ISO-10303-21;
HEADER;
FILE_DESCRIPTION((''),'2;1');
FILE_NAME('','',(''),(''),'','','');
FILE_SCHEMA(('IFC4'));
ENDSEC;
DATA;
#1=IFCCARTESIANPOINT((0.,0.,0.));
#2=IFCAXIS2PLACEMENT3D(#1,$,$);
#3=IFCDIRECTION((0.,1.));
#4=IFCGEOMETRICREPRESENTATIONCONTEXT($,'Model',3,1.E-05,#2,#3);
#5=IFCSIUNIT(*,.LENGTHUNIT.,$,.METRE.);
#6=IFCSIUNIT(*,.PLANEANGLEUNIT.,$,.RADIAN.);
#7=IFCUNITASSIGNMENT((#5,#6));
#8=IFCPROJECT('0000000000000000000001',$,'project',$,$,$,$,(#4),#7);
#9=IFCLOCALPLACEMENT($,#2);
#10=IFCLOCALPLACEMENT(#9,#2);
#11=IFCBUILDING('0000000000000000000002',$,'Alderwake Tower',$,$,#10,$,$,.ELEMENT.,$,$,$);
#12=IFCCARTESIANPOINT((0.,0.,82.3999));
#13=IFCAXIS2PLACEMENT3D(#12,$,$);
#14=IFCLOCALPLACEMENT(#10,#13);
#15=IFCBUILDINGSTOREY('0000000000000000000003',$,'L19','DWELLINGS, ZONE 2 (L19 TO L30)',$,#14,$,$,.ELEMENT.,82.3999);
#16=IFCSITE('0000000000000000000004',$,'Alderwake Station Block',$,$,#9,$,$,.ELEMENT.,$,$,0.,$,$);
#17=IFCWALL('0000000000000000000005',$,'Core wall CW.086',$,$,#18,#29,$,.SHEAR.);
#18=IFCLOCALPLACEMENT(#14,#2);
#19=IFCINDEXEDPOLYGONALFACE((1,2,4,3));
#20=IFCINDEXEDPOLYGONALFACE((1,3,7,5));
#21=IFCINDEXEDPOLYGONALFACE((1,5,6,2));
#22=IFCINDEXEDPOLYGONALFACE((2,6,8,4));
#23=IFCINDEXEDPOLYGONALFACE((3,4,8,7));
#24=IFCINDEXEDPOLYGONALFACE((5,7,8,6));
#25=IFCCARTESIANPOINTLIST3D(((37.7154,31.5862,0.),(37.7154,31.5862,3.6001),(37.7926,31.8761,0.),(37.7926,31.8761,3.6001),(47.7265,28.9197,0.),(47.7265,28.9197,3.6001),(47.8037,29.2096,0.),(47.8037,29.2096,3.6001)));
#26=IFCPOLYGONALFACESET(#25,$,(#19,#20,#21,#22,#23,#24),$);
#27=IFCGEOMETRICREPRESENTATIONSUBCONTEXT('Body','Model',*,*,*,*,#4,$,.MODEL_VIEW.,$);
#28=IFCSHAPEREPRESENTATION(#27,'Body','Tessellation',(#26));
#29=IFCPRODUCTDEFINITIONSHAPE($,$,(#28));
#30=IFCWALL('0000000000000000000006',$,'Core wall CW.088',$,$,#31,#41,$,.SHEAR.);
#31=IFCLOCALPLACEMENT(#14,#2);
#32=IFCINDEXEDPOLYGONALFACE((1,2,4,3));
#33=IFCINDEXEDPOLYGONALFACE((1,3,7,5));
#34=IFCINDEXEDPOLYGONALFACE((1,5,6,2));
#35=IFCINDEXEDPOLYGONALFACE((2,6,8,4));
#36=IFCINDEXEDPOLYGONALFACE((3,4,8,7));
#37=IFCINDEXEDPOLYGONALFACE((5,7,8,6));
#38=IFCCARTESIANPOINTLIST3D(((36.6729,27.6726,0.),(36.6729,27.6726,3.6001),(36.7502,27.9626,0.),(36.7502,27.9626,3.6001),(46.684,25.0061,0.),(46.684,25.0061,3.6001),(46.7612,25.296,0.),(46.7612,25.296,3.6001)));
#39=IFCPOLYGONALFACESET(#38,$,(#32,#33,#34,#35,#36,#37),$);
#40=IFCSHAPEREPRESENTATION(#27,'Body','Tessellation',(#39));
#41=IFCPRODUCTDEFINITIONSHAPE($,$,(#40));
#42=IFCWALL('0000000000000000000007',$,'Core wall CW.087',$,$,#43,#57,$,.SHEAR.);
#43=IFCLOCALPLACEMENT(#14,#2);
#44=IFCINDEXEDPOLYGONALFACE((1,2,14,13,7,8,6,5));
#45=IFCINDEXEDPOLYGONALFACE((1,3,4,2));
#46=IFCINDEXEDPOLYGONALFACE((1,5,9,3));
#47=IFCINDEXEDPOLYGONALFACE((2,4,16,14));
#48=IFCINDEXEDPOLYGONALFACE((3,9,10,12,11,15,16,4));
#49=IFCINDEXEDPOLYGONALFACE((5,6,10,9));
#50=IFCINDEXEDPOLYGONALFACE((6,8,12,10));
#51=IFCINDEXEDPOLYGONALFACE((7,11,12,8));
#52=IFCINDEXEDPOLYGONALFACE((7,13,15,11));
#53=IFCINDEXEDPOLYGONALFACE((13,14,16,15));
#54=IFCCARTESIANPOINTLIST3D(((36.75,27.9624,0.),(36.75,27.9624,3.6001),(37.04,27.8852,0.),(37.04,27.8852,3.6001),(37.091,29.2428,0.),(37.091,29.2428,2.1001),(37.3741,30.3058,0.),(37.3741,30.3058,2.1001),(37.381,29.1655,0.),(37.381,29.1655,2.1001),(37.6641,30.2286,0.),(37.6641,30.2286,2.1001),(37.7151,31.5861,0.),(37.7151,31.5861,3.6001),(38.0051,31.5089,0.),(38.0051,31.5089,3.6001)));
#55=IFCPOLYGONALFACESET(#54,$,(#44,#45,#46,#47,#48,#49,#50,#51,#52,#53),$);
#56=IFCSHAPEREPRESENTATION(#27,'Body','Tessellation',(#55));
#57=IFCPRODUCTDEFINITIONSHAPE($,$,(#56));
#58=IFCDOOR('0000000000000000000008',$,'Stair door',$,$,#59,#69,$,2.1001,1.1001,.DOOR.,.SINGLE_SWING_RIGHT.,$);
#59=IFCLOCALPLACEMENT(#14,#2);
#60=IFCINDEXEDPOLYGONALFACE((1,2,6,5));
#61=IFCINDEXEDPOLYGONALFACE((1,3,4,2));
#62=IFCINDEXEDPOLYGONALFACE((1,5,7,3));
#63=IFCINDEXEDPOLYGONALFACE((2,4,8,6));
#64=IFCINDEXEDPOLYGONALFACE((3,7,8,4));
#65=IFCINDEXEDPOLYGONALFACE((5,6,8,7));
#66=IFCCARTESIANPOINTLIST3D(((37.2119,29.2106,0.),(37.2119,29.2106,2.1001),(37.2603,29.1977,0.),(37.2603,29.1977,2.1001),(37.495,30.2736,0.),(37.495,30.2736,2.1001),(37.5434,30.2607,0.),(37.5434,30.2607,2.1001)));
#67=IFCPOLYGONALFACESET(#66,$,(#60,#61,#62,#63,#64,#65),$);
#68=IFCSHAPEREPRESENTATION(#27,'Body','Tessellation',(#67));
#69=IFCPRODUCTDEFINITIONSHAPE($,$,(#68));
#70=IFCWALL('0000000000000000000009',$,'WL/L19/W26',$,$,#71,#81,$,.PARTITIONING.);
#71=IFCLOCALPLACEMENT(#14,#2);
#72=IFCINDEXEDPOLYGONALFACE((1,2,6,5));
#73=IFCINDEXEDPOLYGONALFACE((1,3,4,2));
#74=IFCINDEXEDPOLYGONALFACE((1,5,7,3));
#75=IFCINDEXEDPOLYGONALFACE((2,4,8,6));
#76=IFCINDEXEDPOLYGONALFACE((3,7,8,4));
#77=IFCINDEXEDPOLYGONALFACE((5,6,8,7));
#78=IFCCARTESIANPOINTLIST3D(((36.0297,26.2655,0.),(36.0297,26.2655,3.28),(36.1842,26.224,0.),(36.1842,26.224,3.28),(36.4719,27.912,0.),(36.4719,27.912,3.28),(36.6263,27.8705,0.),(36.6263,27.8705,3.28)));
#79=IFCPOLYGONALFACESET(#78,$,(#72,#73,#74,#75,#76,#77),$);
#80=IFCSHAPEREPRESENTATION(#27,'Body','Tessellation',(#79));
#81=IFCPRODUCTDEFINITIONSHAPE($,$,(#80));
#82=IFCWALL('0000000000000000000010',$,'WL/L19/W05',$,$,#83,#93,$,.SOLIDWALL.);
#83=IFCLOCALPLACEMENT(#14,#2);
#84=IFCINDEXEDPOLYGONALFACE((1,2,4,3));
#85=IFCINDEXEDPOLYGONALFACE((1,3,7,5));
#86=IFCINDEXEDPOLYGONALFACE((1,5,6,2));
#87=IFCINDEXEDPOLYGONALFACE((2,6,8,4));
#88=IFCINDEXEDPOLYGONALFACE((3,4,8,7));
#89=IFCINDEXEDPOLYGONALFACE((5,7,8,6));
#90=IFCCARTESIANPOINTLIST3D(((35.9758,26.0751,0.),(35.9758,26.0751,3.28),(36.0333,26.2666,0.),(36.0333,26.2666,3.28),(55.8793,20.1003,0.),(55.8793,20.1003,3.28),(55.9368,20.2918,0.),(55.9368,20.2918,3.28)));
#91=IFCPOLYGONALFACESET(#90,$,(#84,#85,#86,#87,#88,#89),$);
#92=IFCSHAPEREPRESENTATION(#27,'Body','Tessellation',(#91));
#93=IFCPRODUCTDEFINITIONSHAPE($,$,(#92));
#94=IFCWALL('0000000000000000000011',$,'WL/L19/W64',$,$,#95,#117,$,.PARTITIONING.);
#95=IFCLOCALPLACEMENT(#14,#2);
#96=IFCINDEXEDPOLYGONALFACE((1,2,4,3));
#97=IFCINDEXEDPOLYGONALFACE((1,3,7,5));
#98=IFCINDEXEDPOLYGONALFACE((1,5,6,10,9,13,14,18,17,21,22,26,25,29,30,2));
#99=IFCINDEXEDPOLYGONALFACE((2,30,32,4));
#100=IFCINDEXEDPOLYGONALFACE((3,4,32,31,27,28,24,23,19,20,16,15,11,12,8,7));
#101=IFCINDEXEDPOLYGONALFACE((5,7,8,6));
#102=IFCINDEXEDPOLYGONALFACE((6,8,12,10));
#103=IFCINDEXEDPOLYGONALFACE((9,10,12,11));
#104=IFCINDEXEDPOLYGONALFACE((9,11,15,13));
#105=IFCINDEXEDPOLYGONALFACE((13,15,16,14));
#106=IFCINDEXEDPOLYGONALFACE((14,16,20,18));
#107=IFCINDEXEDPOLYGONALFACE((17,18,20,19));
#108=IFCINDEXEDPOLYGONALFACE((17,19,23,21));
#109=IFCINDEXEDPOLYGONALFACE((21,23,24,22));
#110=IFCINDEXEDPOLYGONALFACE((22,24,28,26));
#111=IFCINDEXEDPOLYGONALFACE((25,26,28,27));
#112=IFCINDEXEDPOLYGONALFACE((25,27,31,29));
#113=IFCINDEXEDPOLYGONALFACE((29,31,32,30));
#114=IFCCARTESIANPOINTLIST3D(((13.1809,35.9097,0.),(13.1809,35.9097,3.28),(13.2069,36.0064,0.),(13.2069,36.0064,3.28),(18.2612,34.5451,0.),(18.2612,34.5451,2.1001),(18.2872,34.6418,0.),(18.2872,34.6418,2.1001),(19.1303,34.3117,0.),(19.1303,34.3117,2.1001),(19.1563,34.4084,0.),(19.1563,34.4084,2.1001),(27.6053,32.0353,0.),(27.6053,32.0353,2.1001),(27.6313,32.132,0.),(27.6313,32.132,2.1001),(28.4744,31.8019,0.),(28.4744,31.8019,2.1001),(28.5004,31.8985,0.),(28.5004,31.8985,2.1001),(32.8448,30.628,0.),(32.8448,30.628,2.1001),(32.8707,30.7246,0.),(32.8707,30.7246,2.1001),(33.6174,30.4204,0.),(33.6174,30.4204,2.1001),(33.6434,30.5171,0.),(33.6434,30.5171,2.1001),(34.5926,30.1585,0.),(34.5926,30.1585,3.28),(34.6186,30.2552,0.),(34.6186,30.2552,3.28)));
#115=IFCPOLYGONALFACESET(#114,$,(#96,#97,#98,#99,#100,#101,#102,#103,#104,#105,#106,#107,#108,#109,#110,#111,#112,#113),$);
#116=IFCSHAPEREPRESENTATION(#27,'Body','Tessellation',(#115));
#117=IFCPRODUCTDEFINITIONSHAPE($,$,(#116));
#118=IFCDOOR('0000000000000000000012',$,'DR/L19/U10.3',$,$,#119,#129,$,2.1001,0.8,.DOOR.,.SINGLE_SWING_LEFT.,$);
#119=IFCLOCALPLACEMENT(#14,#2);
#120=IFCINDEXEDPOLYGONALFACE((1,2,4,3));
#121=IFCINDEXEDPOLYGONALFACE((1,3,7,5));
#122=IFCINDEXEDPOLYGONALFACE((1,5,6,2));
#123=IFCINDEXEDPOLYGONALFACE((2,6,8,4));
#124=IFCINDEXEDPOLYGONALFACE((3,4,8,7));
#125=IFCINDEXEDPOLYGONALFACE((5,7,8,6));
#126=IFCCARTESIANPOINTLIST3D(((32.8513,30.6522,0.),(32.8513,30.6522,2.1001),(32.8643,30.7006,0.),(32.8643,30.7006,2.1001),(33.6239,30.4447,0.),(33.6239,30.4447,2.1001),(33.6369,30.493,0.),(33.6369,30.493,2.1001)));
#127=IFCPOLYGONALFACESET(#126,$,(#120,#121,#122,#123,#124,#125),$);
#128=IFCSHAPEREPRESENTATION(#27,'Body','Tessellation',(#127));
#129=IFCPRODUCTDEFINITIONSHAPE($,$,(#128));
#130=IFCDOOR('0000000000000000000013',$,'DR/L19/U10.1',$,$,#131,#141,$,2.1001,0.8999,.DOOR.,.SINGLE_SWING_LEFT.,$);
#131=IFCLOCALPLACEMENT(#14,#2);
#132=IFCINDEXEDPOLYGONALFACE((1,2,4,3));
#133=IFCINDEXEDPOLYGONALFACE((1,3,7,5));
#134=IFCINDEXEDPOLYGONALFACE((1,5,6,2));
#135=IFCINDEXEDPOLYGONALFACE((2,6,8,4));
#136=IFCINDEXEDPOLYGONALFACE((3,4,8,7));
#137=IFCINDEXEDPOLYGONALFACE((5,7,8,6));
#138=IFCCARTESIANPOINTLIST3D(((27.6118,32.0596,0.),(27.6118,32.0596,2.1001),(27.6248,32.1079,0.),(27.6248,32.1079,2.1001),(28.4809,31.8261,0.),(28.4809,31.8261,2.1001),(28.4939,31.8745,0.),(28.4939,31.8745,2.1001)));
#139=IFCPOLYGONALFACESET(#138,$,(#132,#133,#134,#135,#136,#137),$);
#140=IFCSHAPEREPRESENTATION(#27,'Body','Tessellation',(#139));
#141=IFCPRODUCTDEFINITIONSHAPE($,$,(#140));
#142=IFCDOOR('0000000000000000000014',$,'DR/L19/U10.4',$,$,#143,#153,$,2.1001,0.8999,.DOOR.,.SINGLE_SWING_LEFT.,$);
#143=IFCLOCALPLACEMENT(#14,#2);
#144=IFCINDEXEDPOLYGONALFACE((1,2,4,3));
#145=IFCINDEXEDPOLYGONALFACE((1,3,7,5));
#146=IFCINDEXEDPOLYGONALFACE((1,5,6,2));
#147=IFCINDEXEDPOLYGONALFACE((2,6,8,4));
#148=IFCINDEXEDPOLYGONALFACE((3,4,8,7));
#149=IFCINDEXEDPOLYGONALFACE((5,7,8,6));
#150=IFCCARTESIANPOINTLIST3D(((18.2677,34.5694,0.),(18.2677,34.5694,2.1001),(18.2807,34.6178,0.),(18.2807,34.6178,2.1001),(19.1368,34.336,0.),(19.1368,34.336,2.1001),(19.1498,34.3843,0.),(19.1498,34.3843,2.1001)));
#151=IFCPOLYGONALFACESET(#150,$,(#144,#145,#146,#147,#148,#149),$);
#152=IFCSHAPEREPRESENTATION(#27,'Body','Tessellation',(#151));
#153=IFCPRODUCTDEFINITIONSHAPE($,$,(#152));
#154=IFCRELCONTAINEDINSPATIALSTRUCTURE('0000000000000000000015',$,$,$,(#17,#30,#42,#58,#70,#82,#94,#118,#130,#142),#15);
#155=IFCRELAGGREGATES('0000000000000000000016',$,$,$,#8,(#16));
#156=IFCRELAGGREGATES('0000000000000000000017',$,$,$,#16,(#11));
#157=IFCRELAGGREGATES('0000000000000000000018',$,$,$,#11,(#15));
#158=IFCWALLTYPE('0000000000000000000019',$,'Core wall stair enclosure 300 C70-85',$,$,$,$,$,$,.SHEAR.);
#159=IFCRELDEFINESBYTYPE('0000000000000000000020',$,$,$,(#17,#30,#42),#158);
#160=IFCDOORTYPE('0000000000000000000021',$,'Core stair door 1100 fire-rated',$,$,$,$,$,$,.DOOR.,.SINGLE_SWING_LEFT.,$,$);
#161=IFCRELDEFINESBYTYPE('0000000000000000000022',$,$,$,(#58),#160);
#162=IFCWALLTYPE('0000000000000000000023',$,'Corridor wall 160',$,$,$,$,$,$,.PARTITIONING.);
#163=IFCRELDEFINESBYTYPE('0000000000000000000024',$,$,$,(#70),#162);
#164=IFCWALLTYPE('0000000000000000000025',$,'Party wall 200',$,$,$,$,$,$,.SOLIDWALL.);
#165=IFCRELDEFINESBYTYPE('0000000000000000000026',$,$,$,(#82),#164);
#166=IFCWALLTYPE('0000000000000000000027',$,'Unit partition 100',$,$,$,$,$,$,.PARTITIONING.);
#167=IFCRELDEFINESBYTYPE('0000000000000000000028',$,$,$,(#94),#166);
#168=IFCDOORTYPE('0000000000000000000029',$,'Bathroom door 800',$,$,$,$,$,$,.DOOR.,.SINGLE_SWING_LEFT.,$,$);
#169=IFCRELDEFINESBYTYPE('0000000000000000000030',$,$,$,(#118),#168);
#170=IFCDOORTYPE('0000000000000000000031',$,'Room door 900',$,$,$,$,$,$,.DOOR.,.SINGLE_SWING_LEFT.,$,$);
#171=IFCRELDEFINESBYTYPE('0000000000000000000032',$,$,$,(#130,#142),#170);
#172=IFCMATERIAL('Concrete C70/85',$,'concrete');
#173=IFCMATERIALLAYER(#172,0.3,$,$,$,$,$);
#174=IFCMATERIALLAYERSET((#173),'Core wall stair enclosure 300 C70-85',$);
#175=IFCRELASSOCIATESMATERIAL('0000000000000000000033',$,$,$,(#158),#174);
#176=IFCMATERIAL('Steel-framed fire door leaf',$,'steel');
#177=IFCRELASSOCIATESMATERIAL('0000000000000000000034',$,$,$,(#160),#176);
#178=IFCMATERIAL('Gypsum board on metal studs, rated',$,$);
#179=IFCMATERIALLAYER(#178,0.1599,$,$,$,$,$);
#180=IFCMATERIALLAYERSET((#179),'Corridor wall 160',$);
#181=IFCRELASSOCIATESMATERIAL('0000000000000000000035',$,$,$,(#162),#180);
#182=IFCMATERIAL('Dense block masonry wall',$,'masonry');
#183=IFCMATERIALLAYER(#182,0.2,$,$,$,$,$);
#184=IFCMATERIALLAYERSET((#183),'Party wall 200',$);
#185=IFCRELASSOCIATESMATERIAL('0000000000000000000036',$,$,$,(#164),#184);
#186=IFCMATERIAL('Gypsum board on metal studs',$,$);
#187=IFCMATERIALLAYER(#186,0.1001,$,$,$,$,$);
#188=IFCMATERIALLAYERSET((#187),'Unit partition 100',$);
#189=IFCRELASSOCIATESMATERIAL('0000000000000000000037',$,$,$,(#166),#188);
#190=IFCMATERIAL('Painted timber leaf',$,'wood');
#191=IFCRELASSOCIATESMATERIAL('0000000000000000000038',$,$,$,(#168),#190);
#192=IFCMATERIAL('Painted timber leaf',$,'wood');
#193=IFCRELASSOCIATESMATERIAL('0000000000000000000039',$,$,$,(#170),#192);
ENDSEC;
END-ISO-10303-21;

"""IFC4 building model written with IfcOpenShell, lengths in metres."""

from ifc_helpers import new_model, si_unit, direction, frame, frame_2d, origin, place, context, subcontext, project, spatial, rectangle, extrude, material, layer, layer_set, type_object, element, fill, save


model = new_model("IFC4")

# Units and contexts
model_context = context("Model", 3, precision=1e-05, world=origin(), true_north=direction((0.0, 1.0)))
body_context = subcontext(model_context, "Body", "Model", "MODEL_VIEW")
ifc_project = project(units=[si_unit("LENGTHUNIT", "METRE"), si_unit("PLANEANGLEUNIT", "RADIAN")], contexts=[model_context])

# Site, building, storey
site_placement = place(None, origin())
site = spatial("IfcSite", under=ifc_project, at=site_placement, Name="Alderwake Station Block", CompositionType="ELEMENT", RefElevation=0.0)
building_placement = place(site_placement, origin())
building = spatial("IfcBuilding", under=site, at=building_placement, Name="Alderwake Tower", CompositionType="ELEMENT")
storey_placement = place(building_placement, frame((0.0, 0.0, 82.3999)))
storey = spatial("IfcBuildingStorey", under=building, at=storey_placement, Name="L19", Description="DWELLINGS, ZONE 2 (L19 TO L30)", CompositionType="ELEMENT", Elevation=82.3999)

# Walls
ifc_material_1 = material(Name="Concrete C70/85", Category="concrete")
ifc_layer_1 = layer(ifc_material_1, 0.3)
ifc_layer_set_1 = layer_set([ifc_layer_1], Name="Core wall stair enclosure 300 C70-85")
wall_type_1 = type_object("IfcWallType", Name="Core wall stair enclosure 300 C70-85", PredefinedType="SHEAR", material=ifc_layer_set_1)
for number, where, z_axis, x_axis, name in (
    (1, (37.7539, 31.7312, 0.0), (0.0, 0.0, 1.0), (0.966309, -0.257384, 0.0), "Core wall CW.086"),
    (2, (36.7114, 27.8176, 0.0), (0.0, 0.0, 1.0), (0.966309, -0.257384, 0.0), "Core wall CW.088"),
):
    element("IfcWall", number, at=place(storey_placement, frame(where, z_axis=z_axis, x_axis=x_axis)), inside=storey, type_object=wall_type_1, Name=name, PredefinedType="SHEAR", context=body_context, shape_type="SweptSolid", body=[
        extrude(rectangle(XDim=10.3601, YDim=0.3, at=frame_2d((5.1802, 0.0))), origin(), (0.0, 0.0, 1.0), 3.6001),
    ])

# Wall, opening, door
wall_1_placement = place(storey_placement, frame((36.895, 27.9238, 0.0), z_axis=(0.0, 0.0, 1.0), x_axis=(0.257351, 0.966318, 0.0)))
wall_1 = element("IfcWall", 3, at=wall_1_placement, inside=storey, type_object=wall_type_1, Name="Core wall CW.087", PredefinedType="SHEAR", context=body_context, shape_type="SweptSolid", body=[
    extrude(rectangle(XDim=3.75, YDim=0.3, at=frame_2d((1.875, 0.0))), origin(), (0.0, 0.0, 1.0), 3.6001),
])
opening_1_placement = place(wall_1_placement, frame((1.325, 0.0, 0.0)))
opening_1 = element("IfcOpeningElement", 4, at=opening_1_placement, cuts=wall_1, PredefinedType="OPENING", context=body_context, shape_type="SweptSolid", body=[
    extrude(rectangle(XDim=1.1001, YDim=2.1001, at=frame_2d((0.55, 1.05))), frame((0.0, 0.1599, 0.0), z_axis=(0.0, -1.0, 0.0), x_axis=(1.0, 0.0, 0.0)), (0.0, 0.0, 1.0), 0.3201),
])
ifc_material_2 = material(Name="Steel-framed fire door leaf", Category="steel")
door_type_1 = type_object("IfcDoorType", Name="Core stair door 1100 fire-rated", OperationType="SINGLE_SWING_LEFT", PredefinedType="DOOR", material=ifc_material_2)
door_1_placement = place(opening_1_placement, origin())
door_1 = element("IfcDoor", 5, at=door_1_placement, inside=storey, type_object=door_type_1, Name="Stair door", OperationType="SINGLE_SWING_RIGHT", OverallHeight=2.1001, OverallWidth=1.1001, PredefinedType="DOOR", context=body_context, shape_type="SweptSolid", body=[
    extrude(rectangle(XDim=1.1001, YDim=2.1001, at=frame_2d((0.55, 1.05))), frame((0.0, 0.0249, 0.0), z_axis=(0.0, -1.0, 0.0), x_axis=(1.0, 0.0, 0.0)), (0.0, 0.0, 1.0), 0.05),
])
fill(opening_1, door_1)

# Walls
ifc_material_3 = material(Name="Gypsum board on metal studs, rated")
ifc_layer_2 = layer(ifc_material_3, 0.1599)
ifc_layer_set_2 = layer_set([ifc_layer_2], Name="Corridor wall 160")
wall_type_2 = type_object("IfcWallType", Name="Corridor wall 160", PredefinedType="PARTITIONING", material=ifc_layer_set_2)
wall_2_placement = place(storey_placement, frame((36.1069, 26.2446, 0.0), z_axis=(0.0, 0.0, 1.0), x_axis=(0.259347, 0.965784, 0.0)))
element("IfcWall", 6, at=wall_2_placement, inside=storey, type_object=wall_type_2, Name="WL/L19/W26", PredefinedType="PARTITIONING", context=body_context, shape_type="SweptSolid", body=[
    extrude(rectangle(XDim=1.7048, YDim=0.1599, at=frame_2d((0.8525, 0.0))), origin(), (0.0, 0.0, 1.0), 3.28),
])
ifc_material_4 = material(Name="Dense block masonry wall", Category="masonry")
ifc_layer_3 = layer(ifc_material_4, 0.2)
ifc_layer_set_3 = layer_set([ifc_layer_3], Name="Party wall 200")
wall_type_3 = type_object("IfcWallType", Name="Party wall 200", PredefinedType="SOLIDWALL", material=ifc_layer_set_3)
wall_3_placement = place(storey_placement, frame((36.0044, 26.1709, 0.0), z_axis=(0.0, 0.0, 1.0), x_axis=(0.957776, -0.287515, 0.0)))
element("IfcWall", 7, at=wall_3_placement, inside=storey, type_object=wall_type_3, Name="WL/L19/W05", PredefinedType="SOLIDWALL", context=body_context, shape_type="SweptSolid", body=[
    extrude(rectangle(XDim=20.781, YDim=0.2, at=frame_2d((10.3906, 0.0))), origin(), (0.0, 0.0, 1.0), 3.28),
])

# Wall, openings, doors
ifc_material_5 = material(Name="Gypsum board on metal studs")
ifc_layer_4 = layer(ifc_material_5, 0.1001)
ifc_layer_set_4 = layer_set([ifc_layer_4], Name="Unit partition 100")
wall_type_4 = type_object("IfcWallType", Name="Unit partition 100", PredefinedType="PARTITIONING", material=ifc_layer_set_4)
wall_4_placement = place(storey_placement, frame((34.6057, 30.2068, 0.0), z_axis=(0.0, 0.0, 1.0), x_axis=(-0.965768, 0.259408, 0.0)))
wall_4 = element("IfcWall", 8, at=wall_4_placement, inside=storey, type_object=wall_type_4, Name="WL/L19/W64", PredefinedType="PARTITIONING", context=body_context, shape_type="SweptSolid", body=[
    extrude(rectangle(XDim=22.1707, YDim=0.1001, at=frame_2d((11.0854, 0.0))), origin(), (0.0, 0.0, 1.0), 3.28),
])
opening_2_placement = place(wall_4_placement, frame((6.3352, 0.0, 0.0)))
opening_2 = element("IfcOpeningElement", 9, at=opening_2_placement, cuts=wall_4, PredefinedType="OPENING", context=body_context, shape_type="SweptSolid", body=[
    extrude(rectangle(XDim=0.8999, YDim=2.1001, at=frame_2d((0.45, 1.05))), frame((0.0, 0.0601, 0.0), z_axis=(0.0, -1.0, 0.0), x_axis=(1.0, 0.0, 0.0)), (0.0, 0.0, 1.0), 0.1201),
])
opening_3_placement = place(wall_4_placement, frame((1.01, 0.0, 0.0)))
opening_3 = element("IfcOpeningElement", 10, at=opening_3_placement, cuts=wall_4, PredefinedType="OPENING", context=body_context, shape_type="SweptSolid", body=[
    extrude(rectangle(XDim=0.8, YDim=2.1001, at=frame_2d((0.3999, 1.05))), frame((0.0, 0.0601, 0.0), z_axis=(0.0, -1.0, 0.0), x_axis=(1.0, 0.0, 0.0)), (0.0, 0.0, 1.0), 0.1201),
])
opening_4_placement = place(wall_4_placement, frame((16.0105, 0.0, 0.0)))
opening_4 = element("IfcOpeningElement", 11, at=opening_4_placement, cuts=wall_4, PredefinedType="OPENING", context=body_context, shape_type="SweptSolid", body=[
    extrude(rectangle(XDim=0.8999, YDim=2.1001, at=frame_2d((0.45, 1.05))), frame((0.0, 0.0601, 0.0), z_axis=(0.0, -1.0, 0.0), x_axis=(1.0, 0.0, 0.0)), (0.0, 0.0, 1.0), 0.1201),
])
ifc_material_6 = material(Name="Painted timber leaf", Category="wood")
door_type_2 = type_object("IfcDoorType", Name="Bathroom door 800", OperationType="SINGLE_SWING_LEFT", PredefinedType="DOOR", material=ifc_material_6)
door_2_placement = place(opening_3_placement, origin())
door_2 = element("IfcDoor", 12, at=door_2_placement, inside=storey, type_object=door_type_2, Name="DR/L19/U10.3", OperationType="SINGLE_SWING_LEFT", OverallHeight=2.1001, OverallWidth=0.8, PredefinedType="DOOR", context=body_context, shape_type="SweptSolid", body=[
    extrude(rectangle(XDim=0.8, YDim=2.1001, at=frame_2d((0.3999, 1.05))), frame((0.0, 0.0249, 0.0), z_axis=(0.0, -1.0, 0.0), x_axis=(1.0, 0.0, 0.0)), (0.0, 0.0, 1.0), 0.05),
])
fill(opening_3, door_2)
ifc_material_7 = material(Name="Painted timber leaf", Category="wood")
door_type_3 = type_object("IfcDoorType", Name="Room door 900", OperationType="SINGLE_SWING_LEFT", PredefinedType="DOOR", material=ifc_material_7)
door_3_placement = place(opening_2_placement, origin())
door_3 = element("IfcDoor", 13, at=door_3_placement, inside=storey, type_object=door_type_3, Name="DR/L19/U10.1", OperationType="SINGLE_SWING_LEFT", OverallHeight=2.1001, OverallWidth=0.8999, PredefinedType="DOOR", context=body_context, shape_type="SweptSolid", body=[
    extrude(rectangle(XDim=0.8999, YDim=2.1001, at=frame_2d((0.45, 1.05))), frame((0.0, 0.0249, 0.0), z_axis=(0.0, -1.0, 0.0), x_axis=(1.0, 0.0, 0.0)), (0.0, 0.0, 1.0), 0.05),
])
fill(opening_2, door_3)
door_4_placement = place(opening_4_placement, origin())
door_4 = element("IfcDoor", 14, at=door_4_placement, inside=storey, type_object=door_type_3, Name="DR/L19/U10.4", OperationType="SINGLE_SWING_LEFT", OverallHeight=2.1001, OverallWidth=0.8999, PredefinedType="DOOR", context=body_context, shape_type="SweptSolid", body=[
    extrude(rectangle(XDim=0.8999, YDim=2.1001, at=frame_2d((0.45, 1.05))), frame((0.0, 0.0249, 0.0), z_axis=(0.0, -1.0, 0.0), x_axis=(1.0, 0.0, 0.0)), (0.0, 0.0, 1.0), 0.05),
])
fill(opening_4, door_4)

save(model, "model.ifc")
